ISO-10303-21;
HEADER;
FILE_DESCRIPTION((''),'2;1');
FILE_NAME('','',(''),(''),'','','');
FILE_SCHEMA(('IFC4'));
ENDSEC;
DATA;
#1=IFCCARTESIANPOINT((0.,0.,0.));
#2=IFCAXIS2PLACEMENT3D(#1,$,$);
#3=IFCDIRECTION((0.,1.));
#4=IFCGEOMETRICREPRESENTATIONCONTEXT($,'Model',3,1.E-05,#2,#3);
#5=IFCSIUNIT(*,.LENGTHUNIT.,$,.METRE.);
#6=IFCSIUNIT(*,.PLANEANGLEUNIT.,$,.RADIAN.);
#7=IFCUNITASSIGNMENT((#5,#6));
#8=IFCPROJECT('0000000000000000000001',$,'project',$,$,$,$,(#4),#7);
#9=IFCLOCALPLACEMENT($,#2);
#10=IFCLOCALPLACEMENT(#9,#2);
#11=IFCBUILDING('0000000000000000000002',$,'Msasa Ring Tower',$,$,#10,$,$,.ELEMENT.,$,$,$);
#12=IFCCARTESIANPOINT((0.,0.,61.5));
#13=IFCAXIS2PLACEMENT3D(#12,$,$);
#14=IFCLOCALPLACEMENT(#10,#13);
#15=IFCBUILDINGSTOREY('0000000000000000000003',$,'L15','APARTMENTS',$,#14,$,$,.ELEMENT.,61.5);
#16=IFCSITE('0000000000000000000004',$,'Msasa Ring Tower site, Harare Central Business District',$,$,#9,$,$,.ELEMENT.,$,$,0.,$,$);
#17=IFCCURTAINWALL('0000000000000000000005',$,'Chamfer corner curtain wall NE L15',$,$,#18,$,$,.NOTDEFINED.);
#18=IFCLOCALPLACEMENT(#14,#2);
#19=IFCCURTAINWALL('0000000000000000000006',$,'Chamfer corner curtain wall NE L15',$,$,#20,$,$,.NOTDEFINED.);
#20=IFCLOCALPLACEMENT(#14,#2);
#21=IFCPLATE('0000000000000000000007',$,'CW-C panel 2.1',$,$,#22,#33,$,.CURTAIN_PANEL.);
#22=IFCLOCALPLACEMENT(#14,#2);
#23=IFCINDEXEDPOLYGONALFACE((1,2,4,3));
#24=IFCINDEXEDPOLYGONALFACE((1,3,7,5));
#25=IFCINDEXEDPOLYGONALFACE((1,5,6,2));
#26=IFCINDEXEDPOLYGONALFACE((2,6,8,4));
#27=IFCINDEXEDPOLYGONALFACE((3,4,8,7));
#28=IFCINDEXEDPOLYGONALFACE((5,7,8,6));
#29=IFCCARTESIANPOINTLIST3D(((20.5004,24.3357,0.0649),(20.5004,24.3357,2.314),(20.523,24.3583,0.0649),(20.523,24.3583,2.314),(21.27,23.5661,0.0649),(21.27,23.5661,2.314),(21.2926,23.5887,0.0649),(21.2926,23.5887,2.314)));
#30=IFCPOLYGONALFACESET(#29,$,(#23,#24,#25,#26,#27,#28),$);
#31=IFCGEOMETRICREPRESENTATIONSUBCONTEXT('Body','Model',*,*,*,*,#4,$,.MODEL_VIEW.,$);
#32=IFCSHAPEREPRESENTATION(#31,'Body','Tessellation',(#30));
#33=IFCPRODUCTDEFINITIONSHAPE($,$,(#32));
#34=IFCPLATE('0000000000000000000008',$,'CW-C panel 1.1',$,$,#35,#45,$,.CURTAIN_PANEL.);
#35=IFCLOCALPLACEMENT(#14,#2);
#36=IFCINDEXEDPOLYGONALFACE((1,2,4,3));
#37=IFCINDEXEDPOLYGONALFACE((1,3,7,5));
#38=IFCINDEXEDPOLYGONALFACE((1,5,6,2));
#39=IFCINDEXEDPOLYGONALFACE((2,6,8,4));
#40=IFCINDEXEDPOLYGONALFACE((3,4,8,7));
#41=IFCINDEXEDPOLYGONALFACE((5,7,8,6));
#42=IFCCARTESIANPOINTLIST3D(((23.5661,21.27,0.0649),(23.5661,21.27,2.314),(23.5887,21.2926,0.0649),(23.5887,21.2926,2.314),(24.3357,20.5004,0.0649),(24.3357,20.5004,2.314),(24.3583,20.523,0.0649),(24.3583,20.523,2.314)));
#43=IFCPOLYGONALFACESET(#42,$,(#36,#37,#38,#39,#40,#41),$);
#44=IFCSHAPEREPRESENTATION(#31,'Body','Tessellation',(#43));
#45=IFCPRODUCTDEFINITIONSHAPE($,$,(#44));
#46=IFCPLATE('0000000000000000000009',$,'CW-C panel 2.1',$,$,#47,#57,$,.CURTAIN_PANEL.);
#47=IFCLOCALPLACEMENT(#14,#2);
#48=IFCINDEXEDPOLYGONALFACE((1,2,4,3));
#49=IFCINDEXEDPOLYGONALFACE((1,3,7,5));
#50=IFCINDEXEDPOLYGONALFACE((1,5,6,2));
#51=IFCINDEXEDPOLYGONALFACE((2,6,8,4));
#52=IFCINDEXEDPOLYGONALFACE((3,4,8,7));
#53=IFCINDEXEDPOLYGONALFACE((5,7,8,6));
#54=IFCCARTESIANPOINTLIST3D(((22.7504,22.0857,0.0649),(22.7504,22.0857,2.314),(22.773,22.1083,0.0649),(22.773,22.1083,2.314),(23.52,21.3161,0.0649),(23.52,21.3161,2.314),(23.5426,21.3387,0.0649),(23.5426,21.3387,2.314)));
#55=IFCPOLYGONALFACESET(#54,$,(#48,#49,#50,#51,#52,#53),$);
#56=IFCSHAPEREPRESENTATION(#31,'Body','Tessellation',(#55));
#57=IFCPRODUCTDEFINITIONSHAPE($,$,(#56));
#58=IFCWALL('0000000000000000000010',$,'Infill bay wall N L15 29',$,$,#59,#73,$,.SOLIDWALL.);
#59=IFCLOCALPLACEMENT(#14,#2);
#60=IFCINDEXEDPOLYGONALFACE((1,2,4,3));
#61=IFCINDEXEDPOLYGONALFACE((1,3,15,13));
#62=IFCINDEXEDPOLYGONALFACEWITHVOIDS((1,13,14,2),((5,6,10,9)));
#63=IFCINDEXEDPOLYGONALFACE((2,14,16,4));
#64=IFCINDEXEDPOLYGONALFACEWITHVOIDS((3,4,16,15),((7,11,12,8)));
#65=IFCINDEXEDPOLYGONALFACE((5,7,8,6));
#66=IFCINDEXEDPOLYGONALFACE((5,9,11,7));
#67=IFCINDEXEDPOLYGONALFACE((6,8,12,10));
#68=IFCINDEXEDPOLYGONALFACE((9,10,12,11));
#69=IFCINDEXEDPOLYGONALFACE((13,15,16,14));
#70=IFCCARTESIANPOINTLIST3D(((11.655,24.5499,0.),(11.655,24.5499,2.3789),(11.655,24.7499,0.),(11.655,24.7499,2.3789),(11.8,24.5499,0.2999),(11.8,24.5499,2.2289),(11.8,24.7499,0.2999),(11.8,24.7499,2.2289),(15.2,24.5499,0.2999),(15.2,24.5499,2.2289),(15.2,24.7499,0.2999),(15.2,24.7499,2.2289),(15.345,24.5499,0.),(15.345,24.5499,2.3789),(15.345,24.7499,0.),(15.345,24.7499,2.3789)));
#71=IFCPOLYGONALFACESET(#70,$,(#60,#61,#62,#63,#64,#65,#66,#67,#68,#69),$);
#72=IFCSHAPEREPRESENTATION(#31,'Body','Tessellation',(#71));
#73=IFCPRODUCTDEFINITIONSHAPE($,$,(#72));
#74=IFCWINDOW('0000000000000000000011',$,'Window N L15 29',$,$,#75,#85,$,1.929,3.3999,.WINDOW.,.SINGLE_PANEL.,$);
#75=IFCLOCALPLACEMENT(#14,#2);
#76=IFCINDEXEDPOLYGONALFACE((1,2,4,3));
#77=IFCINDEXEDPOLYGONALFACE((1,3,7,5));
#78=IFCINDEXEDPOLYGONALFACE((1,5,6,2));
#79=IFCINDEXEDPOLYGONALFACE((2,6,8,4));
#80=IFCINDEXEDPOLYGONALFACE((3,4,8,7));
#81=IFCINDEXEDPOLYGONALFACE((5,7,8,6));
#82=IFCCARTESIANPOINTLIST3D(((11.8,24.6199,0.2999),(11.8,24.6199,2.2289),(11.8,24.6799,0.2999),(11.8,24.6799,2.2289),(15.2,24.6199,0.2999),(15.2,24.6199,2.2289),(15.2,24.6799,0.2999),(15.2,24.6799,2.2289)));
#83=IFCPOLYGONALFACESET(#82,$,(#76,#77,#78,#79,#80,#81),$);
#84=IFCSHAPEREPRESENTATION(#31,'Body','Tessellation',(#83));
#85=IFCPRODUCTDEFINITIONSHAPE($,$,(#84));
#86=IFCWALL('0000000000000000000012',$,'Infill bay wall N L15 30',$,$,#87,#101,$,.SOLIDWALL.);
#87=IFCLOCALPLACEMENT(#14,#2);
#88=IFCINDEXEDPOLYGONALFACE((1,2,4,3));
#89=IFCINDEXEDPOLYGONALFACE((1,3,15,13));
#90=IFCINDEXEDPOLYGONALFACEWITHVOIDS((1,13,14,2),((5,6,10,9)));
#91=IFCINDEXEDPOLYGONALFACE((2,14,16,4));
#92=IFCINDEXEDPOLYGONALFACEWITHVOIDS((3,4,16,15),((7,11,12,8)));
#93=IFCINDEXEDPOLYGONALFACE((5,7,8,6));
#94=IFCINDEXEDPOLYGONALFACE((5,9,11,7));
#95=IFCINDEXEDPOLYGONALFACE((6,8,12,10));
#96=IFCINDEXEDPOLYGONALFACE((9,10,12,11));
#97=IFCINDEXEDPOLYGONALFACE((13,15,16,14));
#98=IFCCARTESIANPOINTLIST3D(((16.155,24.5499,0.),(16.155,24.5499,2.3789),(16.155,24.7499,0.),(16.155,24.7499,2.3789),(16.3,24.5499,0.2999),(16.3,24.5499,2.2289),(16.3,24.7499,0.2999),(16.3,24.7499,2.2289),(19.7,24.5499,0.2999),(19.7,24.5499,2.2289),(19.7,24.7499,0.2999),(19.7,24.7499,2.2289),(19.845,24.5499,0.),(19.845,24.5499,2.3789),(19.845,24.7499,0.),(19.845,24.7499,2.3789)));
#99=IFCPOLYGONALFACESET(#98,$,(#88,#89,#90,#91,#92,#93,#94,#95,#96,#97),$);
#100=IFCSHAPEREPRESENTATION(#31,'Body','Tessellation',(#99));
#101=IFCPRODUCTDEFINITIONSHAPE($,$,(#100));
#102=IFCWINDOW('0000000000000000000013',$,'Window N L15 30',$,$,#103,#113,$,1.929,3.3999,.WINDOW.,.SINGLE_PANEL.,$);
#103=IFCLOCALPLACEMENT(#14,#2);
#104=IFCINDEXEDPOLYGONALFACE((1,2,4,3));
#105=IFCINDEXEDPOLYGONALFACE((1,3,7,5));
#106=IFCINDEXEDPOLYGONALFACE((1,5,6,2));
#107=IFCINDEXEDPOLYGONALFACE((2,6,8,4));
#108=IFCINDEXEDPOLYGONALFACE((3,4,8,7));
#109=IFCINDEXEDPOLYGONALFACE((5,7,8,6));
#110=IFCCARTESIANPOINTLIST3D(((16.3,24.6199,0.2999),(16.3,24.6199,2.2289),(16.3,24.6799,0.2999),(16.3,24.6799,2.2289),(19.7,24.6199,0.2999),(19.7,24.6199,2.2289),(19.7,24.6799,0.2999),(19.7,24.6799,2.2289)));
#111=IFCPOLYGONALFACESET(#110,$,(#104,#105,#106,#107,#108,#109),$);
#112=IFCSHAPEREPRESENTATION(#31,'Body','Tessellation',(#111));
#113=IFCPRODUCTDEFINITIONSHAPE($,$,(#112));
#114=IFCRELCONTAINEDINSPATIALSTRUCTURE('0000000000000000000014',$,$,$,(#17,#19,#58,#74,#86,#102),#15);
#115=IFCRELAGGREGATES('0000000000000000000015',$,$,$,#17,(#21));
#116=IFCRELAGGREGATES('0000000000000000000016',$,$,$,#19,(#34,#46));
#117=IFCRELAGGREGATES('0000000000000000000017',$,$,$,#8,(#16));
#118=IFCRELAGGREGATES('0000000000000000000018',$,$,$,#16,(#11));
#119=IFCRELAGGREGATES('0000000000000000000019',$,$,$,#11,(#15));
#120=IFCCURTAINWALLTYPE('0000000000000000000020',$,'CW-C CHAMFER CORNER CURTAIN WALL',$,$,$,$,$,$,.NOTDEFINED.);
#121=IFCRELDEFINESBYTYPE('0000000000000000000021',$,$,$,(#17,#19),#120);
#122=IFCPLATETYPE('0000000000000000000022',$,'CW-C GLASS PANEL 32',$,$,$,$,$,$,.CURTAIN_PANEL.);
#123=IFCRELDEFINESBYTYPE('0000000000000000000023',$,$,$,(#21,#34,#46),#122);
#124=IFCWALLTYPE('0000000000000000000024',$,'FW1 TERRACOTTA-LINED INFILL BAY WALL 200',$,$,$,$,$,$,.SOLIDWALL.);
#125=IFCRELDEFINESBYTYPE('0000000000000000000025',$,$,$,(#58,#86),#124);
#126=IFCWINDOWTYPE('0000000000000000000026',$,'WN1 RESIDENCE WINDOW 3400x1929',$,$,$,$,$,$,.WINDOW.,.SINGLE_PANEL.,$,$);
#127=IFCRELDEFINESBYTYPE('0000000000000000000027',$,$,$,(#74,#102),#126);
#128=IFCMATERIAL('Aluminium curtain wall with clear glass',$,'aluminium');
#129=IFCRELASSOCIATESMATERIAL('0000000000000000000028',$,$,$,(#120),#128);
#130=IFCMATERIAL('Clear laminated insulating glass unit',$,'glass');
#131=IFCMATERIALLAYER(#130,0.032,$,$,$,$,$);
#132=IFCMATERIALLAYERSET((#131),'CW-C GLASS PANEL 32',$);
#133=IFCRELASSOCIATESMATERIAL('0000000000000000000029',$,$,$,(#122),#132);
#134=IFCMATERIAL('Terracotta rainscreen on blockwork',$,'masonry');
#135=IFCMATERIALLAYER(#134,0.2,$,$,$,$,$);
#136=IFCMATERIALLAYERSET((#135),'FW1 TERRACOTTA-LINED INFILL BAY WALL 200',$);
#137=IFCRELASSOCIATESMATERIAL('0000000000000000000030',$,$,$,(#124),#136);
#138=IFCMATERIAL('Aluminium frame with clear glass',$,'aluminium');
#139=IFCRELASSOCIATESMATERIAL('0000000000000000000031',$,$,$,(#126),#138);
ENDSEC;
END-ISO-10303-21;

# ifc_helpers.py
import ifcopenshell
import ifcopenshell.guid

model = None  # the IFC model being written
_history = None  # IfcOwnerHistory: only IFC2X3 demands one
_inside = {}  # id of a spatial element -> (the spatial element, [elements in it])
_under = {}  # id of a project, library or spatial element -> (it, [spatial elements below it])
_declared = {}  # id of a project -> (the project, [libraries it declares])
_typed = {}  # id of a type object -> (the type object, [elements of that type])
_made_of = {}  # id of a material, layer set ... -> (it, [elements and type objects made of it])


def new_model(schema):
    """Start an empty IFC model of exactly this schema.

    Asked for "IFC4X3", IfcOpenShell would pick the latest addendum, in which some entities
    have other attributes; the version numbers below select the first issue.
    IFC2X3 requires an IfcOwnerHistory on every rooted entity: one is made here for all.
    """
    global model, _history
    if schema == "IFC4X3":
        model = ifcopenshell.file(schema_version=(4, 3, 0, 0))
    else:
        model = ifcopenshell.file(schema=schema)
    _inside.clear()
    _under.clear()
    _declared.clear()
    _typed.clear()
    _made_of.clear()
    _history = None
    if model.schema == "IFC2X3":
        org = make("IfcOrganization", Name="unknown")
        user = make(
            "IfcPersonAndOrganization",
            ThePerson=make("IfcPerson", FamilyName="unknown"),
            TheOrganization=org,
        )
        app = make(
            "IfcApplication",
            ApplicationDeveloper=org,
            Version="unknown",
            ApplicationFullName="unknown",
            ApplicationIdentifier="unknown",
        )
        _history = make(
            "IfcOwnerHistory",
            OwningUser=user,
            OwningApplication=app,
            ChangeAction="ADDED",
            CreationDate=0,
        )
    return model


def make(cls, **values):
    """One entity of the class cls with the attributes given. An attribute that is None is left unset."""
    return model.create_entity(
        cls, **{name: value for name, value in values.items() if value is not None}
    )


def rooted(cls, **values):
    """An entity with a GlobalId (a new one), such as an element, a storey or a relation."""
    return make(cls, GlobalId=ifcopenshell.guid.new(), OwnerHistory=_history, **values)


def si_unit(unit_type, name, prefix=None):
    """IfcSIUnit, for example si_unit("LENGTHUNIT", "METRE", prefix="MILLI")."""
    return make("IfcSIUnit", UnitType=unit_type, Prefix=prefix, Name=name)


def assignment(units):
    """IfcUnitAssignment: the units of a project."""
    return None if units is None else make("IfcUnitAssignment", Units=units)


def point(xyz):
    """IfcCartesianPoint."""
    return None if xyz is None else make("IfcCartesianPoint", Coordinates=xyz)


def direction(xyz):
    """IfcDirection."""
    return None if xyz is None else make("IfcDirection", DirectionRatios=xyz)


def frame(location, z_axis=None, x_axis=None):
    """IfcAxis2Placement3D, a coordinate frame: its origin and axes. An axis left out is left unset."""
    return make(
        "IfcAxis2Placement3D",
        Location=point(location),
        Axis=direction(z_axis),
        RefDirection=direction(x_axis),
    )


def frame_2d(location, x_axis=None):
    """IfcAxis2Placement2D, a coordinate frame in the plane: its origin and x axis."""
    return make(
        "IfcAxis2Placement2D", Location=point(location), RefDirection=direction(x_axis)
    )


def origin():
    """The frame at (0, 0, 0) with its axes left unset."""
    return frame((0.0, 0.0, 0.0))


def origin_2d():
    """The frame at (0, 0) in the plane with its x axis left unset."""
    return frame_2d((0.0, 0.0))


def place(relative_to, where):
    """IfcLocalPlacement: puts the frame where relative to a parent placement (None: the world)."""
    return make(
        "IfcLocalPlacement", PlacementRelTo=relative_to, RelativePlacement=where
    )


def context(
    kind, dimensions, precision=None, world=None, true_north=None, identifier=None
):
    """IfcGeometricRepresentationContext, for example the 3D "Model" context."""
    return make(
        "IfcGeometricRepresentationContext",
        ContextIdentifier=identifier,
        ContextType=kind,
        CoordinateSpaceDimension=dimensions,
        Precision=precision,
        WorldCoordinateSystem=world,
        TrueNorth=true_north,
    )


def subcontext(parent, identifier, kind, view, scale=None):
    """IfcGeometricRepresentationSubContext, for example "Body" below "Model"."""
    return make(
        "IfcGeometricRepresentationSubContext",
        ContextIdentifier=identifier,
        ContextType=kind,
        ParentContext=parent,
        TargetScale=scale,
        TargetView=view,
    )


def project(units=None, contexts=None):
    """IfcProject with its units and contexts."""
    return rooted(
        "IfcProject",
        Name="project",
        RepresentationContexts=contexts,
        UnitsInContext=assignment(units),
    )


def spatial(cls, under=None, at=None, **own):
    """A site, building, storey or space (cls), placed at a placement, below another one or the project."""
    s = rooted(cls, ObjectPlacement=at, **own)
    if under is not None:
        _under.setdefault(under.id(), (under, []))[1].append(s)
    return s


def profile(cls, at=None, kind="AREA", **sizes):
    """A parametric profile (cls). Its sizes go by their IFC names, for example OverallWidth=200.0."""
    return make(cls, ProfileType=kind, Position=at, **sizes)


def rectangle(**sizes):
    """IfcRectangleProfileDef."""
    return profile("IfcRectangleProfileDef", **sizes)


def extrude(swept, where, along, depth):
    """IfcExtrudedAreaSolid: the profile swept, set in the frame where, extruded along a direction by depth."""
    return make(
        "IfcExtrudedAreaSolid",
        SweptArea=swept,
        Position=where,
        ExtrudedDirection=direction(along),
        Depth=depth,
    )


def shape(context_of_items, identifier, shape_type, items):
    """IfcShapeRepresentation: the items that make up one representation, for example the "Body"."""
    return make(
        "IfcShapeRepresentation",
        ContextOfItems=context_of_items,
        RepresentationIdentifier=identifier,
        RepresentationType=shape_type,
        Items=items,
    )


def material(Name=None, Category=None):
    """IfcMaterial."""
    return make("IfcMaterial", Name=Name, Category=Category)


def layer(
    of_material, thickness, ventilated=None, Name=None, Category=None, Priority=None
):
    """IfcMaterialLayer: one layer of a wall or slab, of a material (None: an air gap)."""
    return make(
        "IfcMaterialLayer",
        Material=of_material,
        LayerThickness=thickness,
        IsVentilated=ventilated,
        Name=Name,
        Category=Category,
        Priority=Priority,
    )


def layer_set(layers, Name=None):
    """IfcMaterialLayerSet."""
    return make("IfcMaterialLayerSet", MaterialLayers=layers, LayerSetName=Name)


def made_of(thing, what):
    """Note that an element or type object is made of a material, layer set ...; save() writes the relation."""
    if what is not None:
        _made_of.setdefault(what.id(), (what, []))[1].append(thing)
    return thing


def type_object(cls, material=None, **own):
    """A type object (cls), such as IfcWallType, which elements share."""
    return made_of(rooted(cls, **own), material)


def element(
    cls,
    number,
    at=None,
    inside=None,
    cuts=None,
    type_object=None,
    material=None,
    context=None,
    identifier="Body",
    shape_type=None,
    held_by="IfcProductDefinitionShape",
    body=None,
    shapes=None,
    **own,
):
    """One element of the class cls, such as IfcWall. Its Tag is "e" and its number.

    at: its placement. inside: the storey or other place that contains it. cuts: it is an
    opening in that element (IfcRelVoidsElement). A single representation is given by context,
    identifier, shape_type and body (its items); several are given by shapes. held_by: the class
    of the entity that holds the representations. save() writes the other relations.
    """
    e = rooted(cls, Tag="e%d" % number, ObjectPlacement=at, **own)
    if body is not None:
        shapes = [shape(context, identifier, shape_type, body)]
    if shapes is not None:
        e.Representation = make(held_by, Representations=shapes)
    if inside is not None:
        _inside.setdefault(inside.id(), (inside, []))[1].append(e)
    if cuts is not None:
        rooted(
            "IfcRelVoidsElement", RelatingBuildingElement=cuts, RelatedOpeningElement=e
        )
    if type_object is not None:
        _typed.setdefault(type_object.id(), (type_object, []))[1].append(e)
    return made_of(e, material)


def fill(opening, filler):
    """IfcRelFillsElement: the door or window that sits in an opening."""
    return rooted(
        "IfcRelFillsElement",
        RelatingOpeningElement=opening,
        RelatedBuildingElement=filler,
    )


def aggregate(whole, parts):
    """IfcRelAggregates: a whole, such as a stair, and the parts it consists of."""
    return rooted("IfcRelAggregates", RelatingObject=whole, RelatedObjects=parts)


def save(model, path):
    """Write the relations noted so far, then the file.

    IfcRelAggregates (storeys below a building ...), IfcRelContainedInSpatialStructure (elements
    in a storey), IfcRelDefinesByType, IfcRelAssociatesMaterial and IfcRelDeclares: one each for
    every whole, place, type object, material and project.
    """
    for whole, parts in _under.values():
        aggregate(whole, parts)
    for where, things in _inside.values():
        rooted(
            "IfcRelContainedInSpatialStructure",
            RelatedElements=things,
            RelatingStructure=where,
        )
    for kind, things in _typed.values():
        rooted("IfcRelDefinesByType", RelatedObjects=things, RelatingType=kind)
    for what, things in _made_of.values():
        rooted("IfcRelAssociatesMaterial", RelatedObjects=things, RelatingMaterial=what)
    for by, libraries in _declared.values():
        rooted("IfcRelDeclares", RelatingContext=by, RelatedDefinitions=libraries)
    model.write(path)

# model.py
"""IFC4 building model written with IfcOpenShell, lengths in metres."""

from ifc_helpers import new_model, si_unit, direction, frame, frame_2d, origin, origin_2d, place, context, subcontext, project, spatial, rectangle, extrude, material, layer, layer_set, type_object, element, fill, aggregate, save


model = new_model("IFC4")

# Units and contexts
model_context = context("Model", 3, precision=1e-05, world=origin(), true_north=direction((0.0, 1.0)))
body_context = subcontext(model_context, "Body", "Model", "MODEL_VIEW")
ifc_project = project(units=[si_unit("LENGTHUNIT", "METRE"), si_unit("PLANEANGLEUNIT", "RADIAN")], contexts=[model_context])

# Site, building, storey
site_placement = place(None, origin())
site = spatial("IfcSite", under=ifc_project, at=site_placement, Name="Msasa Ring Tower site, Harare Central Business District", CompositionType="ELEMENT", RefElevation=0.0)
building_placement = place(site_placement, origin())
building = spatial("IfcBuilding", under=site, at=building_placement, Name="Msasa Ring Tower", CompositionType="ELEMENT")
storey_placement = place(building_placement, frame((0.0, 0.0, 61.5)))
storey = spatial("IfcBuildingStorey", under=building, at=storey_placement, Name="L15", Description="APARTMENTS", CompositionType="ELEMENT", Elevation=61.5)

# Curtain walls
ifc_material_1 = material(Name="Aluminium curtain wall with clear glass", Category="aluminium")
curtain_wall_type = type_object("IfcCurtainWallType", Name="CW-C CHAMFER CORNER CURTAIN WALL", PredefinedType="NOTDEFINED", material=ifc_material_1)
curtain_wall_1_placement = place(storey_placement, origin())
curtain_wall_1 = element("IfcCurtainWall", 1, at=curtain_wall_1_placement, inside=storey, type_object=curtain_wall_type, Name="Chamfer corner curtain wall NE L15", PredefinedType="NOTDEFINED")
curtain_wall_2_placement = place(storey_placement, origin())
curtain_wall_2 = element("IfcCurtainWall", 2, at=curtain_wall_2_placement, inside=storey, type_object=curtain_wall_type, Name="Chamfer corner curtain wall NE L15", PredefinedType="NOTDEFINED")

# Plates
ifc_material_2 = material(Name="Clear laminated insulating glass unit", Category="glass")
ifc_layer_1 = layer(ifc_material_2, 0.032)
ifc_layer_set_1 = layer_set([ifc_layer_1], Name="CW-C GLASS PANEL 32")
plate_type = type_object("IfcPlateType", Name="CW-C GLASS PANEL 32", PredefinedType="CURTAIN_PANEL", material=ifc_layer_set_1)
plate_1_placement = place(storey_placement, frame((20.8965, 23.9622, 0.0649), z_axis=(0.0, 0.0, 1.0), x_axis=(-0.707107, 0.707107, 0.0)))
plate_1 = element("IfcPlate", 3, at=plate_1_placement, type_object=plate_type, Name="CW-C panel 2.1", PredefinedType="CURTAIN_PANEL", context=body_context, shape_type="SweptSolid", body=[
    extrude(rectangle(XDim=1.0884, YDim=0.032, at=origin_2d()), origin(), (0.0, 0.0, 1.0), 2.249),
])
aggregate(curtain_wall_1, [plate_1])
plate_2_placement = place(storey_placement, frame((23.9622, 20.8965, 0.0649), z_axis=(0.0, 0.0, 1.0), x_axis=(-0.707107, 0.707107, 0.0)))
plate_2 = element("IfcPlate", 4, at=plate_2_placement, type_object=plate_type, Name="CW-C panel 1.1", PredefinedType="CURTAIN_PANEL", context=body_context, shape_type="SweptSolid", body=[
    extrude(rectangle(XDim=1.0884, YDim=0.032, at=origin_2d()), origin(), (0.0, 0.0, 1.0), 2.249),
])
plate_3_placement = place(storey_placement, frame((23.1465, 21.7122, 0.0649), z_axis=(0.0, 0.0, 1.0), x_axis=(-0.707107, 0.707107, 0.0)))
plate_3 = element("IfcPlate", 5, at=plate_3_placement, type_object=plate_type, Name="CW-C panel 2.1", PredefinedType="CURTAIN_PANEL", context=body_context, shape_type="SweptSolid", body=[
    extrude(rectangle(XDim=1.0884, YDim=0.032, at=origin_2d()), origin(), (0.0, 0.0, 1.0), 2.249),
])
aggregate(curtain_wall_2, [plate_2, plate_3])

# Walls, openings, windows
ifc_material_3 = material(Name="Terracotta rainscreen on blockwork", Category="masonry")
ifc_layer_2 = layer(ifc_material_3, 0.2)
ifc_layer_set_2 = layer_set([ifc_layer_2], Name="FW1 TERRACOTTA-LINED INFILL BAY WALL 200")
wall_type = type_object("IfcWallType", Name="FW1 TERRACOTTA-LINED INFILL BAY WALL 200", PredefinedType="SOLIDWALL", material=ifc_layer_set_2)
wall_1_placement = place(storey_placement, frame((11.655, 24.6499, 0.0), z_axis=(0.0, 0.0, 1.0), x_axis=(1.0, 0.0, 0.0)))
wall_1 = element("IfcWall", 6, at=wall_1_placement, inside=storey, type_object=wall_type, Name="Infill bay wall N L15 29", PredefinedType="SOLIDWALL", context=body_context, shape_type="SweptSolid", body=[
    extrude(rectangle(XDim=3.6899, YDim=0.2, at=frame_2d((1.845, 0.0))), origin(), (0.0, 0.0, 1.0), 2.3789),
])
opening_1_placement = place(wall_1_placement, frame((0.145, 0.0, 0.3)))
opening_1 = element("IfcOpeningElement", 7, at=opening_1_placement, cuts=wall_1, PredefinedType="OPENING", context=body_context, shape_type="SweptSolid", body=[
    extrude(rectangle(XDim=3.3999, YDim=1.929, at=frame_2d((1.7, 0.9644))), frame((0.0, 0.1099, 0.0), z_axis=(0.0, -1.0, 0.0), x_axis=(1.0, 0.0, 0.0)), (0.0, 0.0, 1.0), 0.22),
])
ifc_material_4 = material(Name="Aluminium frame with clear glass", Category="aluminium")
window_type = type_object("IfcWindowType", Name="WN1 RESIDENCE WINDOW 3400x1929", PartitioningType="SINGLE_PANEL", PredefinedType="WINDOW", material=ifc_material_4)
window_1_placement = place(opening_1_placement, origin())
window_1 = element("IfcWindow", 8, at=window_1_placement, inside=storey, type_object=window_type, Name="Window N L15 29", OverallHeight=1.929, OverallWidth=3.3999, PartitioningType="SINGLE_PANEL", PredefinedType="WINDOW", context=body_context, shape_type="SweptSolid", body=[
    extrude(rectangle(XDim=3.3999, YDim=1.929, at=frame_2d((1.7, 0.9644))), frame((0.0, 0.03, 0.0), z_axis=(0.0, -1.0, 0.0), x_axis=(1.0, 0.0, 0.0)), (0.0, 0.0, 1.0), 0.0601),
])
fill(opening_1, window_1)
wall_2_placement = place(storey_placement, frame((16.155, 24.6499, 0.0), z_axis=(0.0, 0.0, 1.0), x_axis=(1.0, 0.0, 0.0)))
wall_2 = element("IfcWall", 9, at=wall_2_placement, inside=storey, type_object=wall_type, Name="Infill bay wall N L15 30", PredefinedType="SOLIDWALL", context=body_context, shape_type="SweptSolid", body=[
    extrude(rectangle(XDim=3.6899, YDim=0.2, at=frame_2d((1.845, 0.0))), origin(), (0.0, 0.0, 1.0), 2.3789),
])
opening_2_placement = place(wall_2_placement, frame((0.145, 0.0, 0.3)))
opening_2 = element("IfcOpeningElement", 10, at=opening_2_placement, cuts=wall_2, PredefinedType="OPENING", context=body_context, shape_type="SweptSolid", body=[
    extrude(rectangle(XDim=3.3999, YDim=1.929, at=frame_2d((1.7, 0.9644))), frame((0.0, 0.1099, 0.0), z_axis=(0.0, -1.0, 0.0), x_axis=(1.0, 0.0, 0.0)), (0.0, 0.0, 1.0), 0.22),
])
window_2_placement = place(opening_2_placement, origin())
window_2 = element("IfcWindow", 11, at=window_2_placement, inside=storey, type_object=window_type, Name="Window N L15 30", OverallHeight=1.929, OverallWidth=3.3999, PartitioningType="SINGLE_PANEL", PredefinedType="WINDOW", context=body_context, shape_type="SweptSolid", body=[
    extrude(rectangle(XDim=3.3999, YDim=1.929, at=frame_2d((1.7, 0.9644))), frame((0.0, 0.03, 0.0), z_axis=(0.0, -1.0, 0.0), x_axis=(1.0, 0.0, 0.0)), (0.0, 0.0, 1.0), 0.0601),
])
fill(opening_2, window_2)

save(model, "model.ifc")
